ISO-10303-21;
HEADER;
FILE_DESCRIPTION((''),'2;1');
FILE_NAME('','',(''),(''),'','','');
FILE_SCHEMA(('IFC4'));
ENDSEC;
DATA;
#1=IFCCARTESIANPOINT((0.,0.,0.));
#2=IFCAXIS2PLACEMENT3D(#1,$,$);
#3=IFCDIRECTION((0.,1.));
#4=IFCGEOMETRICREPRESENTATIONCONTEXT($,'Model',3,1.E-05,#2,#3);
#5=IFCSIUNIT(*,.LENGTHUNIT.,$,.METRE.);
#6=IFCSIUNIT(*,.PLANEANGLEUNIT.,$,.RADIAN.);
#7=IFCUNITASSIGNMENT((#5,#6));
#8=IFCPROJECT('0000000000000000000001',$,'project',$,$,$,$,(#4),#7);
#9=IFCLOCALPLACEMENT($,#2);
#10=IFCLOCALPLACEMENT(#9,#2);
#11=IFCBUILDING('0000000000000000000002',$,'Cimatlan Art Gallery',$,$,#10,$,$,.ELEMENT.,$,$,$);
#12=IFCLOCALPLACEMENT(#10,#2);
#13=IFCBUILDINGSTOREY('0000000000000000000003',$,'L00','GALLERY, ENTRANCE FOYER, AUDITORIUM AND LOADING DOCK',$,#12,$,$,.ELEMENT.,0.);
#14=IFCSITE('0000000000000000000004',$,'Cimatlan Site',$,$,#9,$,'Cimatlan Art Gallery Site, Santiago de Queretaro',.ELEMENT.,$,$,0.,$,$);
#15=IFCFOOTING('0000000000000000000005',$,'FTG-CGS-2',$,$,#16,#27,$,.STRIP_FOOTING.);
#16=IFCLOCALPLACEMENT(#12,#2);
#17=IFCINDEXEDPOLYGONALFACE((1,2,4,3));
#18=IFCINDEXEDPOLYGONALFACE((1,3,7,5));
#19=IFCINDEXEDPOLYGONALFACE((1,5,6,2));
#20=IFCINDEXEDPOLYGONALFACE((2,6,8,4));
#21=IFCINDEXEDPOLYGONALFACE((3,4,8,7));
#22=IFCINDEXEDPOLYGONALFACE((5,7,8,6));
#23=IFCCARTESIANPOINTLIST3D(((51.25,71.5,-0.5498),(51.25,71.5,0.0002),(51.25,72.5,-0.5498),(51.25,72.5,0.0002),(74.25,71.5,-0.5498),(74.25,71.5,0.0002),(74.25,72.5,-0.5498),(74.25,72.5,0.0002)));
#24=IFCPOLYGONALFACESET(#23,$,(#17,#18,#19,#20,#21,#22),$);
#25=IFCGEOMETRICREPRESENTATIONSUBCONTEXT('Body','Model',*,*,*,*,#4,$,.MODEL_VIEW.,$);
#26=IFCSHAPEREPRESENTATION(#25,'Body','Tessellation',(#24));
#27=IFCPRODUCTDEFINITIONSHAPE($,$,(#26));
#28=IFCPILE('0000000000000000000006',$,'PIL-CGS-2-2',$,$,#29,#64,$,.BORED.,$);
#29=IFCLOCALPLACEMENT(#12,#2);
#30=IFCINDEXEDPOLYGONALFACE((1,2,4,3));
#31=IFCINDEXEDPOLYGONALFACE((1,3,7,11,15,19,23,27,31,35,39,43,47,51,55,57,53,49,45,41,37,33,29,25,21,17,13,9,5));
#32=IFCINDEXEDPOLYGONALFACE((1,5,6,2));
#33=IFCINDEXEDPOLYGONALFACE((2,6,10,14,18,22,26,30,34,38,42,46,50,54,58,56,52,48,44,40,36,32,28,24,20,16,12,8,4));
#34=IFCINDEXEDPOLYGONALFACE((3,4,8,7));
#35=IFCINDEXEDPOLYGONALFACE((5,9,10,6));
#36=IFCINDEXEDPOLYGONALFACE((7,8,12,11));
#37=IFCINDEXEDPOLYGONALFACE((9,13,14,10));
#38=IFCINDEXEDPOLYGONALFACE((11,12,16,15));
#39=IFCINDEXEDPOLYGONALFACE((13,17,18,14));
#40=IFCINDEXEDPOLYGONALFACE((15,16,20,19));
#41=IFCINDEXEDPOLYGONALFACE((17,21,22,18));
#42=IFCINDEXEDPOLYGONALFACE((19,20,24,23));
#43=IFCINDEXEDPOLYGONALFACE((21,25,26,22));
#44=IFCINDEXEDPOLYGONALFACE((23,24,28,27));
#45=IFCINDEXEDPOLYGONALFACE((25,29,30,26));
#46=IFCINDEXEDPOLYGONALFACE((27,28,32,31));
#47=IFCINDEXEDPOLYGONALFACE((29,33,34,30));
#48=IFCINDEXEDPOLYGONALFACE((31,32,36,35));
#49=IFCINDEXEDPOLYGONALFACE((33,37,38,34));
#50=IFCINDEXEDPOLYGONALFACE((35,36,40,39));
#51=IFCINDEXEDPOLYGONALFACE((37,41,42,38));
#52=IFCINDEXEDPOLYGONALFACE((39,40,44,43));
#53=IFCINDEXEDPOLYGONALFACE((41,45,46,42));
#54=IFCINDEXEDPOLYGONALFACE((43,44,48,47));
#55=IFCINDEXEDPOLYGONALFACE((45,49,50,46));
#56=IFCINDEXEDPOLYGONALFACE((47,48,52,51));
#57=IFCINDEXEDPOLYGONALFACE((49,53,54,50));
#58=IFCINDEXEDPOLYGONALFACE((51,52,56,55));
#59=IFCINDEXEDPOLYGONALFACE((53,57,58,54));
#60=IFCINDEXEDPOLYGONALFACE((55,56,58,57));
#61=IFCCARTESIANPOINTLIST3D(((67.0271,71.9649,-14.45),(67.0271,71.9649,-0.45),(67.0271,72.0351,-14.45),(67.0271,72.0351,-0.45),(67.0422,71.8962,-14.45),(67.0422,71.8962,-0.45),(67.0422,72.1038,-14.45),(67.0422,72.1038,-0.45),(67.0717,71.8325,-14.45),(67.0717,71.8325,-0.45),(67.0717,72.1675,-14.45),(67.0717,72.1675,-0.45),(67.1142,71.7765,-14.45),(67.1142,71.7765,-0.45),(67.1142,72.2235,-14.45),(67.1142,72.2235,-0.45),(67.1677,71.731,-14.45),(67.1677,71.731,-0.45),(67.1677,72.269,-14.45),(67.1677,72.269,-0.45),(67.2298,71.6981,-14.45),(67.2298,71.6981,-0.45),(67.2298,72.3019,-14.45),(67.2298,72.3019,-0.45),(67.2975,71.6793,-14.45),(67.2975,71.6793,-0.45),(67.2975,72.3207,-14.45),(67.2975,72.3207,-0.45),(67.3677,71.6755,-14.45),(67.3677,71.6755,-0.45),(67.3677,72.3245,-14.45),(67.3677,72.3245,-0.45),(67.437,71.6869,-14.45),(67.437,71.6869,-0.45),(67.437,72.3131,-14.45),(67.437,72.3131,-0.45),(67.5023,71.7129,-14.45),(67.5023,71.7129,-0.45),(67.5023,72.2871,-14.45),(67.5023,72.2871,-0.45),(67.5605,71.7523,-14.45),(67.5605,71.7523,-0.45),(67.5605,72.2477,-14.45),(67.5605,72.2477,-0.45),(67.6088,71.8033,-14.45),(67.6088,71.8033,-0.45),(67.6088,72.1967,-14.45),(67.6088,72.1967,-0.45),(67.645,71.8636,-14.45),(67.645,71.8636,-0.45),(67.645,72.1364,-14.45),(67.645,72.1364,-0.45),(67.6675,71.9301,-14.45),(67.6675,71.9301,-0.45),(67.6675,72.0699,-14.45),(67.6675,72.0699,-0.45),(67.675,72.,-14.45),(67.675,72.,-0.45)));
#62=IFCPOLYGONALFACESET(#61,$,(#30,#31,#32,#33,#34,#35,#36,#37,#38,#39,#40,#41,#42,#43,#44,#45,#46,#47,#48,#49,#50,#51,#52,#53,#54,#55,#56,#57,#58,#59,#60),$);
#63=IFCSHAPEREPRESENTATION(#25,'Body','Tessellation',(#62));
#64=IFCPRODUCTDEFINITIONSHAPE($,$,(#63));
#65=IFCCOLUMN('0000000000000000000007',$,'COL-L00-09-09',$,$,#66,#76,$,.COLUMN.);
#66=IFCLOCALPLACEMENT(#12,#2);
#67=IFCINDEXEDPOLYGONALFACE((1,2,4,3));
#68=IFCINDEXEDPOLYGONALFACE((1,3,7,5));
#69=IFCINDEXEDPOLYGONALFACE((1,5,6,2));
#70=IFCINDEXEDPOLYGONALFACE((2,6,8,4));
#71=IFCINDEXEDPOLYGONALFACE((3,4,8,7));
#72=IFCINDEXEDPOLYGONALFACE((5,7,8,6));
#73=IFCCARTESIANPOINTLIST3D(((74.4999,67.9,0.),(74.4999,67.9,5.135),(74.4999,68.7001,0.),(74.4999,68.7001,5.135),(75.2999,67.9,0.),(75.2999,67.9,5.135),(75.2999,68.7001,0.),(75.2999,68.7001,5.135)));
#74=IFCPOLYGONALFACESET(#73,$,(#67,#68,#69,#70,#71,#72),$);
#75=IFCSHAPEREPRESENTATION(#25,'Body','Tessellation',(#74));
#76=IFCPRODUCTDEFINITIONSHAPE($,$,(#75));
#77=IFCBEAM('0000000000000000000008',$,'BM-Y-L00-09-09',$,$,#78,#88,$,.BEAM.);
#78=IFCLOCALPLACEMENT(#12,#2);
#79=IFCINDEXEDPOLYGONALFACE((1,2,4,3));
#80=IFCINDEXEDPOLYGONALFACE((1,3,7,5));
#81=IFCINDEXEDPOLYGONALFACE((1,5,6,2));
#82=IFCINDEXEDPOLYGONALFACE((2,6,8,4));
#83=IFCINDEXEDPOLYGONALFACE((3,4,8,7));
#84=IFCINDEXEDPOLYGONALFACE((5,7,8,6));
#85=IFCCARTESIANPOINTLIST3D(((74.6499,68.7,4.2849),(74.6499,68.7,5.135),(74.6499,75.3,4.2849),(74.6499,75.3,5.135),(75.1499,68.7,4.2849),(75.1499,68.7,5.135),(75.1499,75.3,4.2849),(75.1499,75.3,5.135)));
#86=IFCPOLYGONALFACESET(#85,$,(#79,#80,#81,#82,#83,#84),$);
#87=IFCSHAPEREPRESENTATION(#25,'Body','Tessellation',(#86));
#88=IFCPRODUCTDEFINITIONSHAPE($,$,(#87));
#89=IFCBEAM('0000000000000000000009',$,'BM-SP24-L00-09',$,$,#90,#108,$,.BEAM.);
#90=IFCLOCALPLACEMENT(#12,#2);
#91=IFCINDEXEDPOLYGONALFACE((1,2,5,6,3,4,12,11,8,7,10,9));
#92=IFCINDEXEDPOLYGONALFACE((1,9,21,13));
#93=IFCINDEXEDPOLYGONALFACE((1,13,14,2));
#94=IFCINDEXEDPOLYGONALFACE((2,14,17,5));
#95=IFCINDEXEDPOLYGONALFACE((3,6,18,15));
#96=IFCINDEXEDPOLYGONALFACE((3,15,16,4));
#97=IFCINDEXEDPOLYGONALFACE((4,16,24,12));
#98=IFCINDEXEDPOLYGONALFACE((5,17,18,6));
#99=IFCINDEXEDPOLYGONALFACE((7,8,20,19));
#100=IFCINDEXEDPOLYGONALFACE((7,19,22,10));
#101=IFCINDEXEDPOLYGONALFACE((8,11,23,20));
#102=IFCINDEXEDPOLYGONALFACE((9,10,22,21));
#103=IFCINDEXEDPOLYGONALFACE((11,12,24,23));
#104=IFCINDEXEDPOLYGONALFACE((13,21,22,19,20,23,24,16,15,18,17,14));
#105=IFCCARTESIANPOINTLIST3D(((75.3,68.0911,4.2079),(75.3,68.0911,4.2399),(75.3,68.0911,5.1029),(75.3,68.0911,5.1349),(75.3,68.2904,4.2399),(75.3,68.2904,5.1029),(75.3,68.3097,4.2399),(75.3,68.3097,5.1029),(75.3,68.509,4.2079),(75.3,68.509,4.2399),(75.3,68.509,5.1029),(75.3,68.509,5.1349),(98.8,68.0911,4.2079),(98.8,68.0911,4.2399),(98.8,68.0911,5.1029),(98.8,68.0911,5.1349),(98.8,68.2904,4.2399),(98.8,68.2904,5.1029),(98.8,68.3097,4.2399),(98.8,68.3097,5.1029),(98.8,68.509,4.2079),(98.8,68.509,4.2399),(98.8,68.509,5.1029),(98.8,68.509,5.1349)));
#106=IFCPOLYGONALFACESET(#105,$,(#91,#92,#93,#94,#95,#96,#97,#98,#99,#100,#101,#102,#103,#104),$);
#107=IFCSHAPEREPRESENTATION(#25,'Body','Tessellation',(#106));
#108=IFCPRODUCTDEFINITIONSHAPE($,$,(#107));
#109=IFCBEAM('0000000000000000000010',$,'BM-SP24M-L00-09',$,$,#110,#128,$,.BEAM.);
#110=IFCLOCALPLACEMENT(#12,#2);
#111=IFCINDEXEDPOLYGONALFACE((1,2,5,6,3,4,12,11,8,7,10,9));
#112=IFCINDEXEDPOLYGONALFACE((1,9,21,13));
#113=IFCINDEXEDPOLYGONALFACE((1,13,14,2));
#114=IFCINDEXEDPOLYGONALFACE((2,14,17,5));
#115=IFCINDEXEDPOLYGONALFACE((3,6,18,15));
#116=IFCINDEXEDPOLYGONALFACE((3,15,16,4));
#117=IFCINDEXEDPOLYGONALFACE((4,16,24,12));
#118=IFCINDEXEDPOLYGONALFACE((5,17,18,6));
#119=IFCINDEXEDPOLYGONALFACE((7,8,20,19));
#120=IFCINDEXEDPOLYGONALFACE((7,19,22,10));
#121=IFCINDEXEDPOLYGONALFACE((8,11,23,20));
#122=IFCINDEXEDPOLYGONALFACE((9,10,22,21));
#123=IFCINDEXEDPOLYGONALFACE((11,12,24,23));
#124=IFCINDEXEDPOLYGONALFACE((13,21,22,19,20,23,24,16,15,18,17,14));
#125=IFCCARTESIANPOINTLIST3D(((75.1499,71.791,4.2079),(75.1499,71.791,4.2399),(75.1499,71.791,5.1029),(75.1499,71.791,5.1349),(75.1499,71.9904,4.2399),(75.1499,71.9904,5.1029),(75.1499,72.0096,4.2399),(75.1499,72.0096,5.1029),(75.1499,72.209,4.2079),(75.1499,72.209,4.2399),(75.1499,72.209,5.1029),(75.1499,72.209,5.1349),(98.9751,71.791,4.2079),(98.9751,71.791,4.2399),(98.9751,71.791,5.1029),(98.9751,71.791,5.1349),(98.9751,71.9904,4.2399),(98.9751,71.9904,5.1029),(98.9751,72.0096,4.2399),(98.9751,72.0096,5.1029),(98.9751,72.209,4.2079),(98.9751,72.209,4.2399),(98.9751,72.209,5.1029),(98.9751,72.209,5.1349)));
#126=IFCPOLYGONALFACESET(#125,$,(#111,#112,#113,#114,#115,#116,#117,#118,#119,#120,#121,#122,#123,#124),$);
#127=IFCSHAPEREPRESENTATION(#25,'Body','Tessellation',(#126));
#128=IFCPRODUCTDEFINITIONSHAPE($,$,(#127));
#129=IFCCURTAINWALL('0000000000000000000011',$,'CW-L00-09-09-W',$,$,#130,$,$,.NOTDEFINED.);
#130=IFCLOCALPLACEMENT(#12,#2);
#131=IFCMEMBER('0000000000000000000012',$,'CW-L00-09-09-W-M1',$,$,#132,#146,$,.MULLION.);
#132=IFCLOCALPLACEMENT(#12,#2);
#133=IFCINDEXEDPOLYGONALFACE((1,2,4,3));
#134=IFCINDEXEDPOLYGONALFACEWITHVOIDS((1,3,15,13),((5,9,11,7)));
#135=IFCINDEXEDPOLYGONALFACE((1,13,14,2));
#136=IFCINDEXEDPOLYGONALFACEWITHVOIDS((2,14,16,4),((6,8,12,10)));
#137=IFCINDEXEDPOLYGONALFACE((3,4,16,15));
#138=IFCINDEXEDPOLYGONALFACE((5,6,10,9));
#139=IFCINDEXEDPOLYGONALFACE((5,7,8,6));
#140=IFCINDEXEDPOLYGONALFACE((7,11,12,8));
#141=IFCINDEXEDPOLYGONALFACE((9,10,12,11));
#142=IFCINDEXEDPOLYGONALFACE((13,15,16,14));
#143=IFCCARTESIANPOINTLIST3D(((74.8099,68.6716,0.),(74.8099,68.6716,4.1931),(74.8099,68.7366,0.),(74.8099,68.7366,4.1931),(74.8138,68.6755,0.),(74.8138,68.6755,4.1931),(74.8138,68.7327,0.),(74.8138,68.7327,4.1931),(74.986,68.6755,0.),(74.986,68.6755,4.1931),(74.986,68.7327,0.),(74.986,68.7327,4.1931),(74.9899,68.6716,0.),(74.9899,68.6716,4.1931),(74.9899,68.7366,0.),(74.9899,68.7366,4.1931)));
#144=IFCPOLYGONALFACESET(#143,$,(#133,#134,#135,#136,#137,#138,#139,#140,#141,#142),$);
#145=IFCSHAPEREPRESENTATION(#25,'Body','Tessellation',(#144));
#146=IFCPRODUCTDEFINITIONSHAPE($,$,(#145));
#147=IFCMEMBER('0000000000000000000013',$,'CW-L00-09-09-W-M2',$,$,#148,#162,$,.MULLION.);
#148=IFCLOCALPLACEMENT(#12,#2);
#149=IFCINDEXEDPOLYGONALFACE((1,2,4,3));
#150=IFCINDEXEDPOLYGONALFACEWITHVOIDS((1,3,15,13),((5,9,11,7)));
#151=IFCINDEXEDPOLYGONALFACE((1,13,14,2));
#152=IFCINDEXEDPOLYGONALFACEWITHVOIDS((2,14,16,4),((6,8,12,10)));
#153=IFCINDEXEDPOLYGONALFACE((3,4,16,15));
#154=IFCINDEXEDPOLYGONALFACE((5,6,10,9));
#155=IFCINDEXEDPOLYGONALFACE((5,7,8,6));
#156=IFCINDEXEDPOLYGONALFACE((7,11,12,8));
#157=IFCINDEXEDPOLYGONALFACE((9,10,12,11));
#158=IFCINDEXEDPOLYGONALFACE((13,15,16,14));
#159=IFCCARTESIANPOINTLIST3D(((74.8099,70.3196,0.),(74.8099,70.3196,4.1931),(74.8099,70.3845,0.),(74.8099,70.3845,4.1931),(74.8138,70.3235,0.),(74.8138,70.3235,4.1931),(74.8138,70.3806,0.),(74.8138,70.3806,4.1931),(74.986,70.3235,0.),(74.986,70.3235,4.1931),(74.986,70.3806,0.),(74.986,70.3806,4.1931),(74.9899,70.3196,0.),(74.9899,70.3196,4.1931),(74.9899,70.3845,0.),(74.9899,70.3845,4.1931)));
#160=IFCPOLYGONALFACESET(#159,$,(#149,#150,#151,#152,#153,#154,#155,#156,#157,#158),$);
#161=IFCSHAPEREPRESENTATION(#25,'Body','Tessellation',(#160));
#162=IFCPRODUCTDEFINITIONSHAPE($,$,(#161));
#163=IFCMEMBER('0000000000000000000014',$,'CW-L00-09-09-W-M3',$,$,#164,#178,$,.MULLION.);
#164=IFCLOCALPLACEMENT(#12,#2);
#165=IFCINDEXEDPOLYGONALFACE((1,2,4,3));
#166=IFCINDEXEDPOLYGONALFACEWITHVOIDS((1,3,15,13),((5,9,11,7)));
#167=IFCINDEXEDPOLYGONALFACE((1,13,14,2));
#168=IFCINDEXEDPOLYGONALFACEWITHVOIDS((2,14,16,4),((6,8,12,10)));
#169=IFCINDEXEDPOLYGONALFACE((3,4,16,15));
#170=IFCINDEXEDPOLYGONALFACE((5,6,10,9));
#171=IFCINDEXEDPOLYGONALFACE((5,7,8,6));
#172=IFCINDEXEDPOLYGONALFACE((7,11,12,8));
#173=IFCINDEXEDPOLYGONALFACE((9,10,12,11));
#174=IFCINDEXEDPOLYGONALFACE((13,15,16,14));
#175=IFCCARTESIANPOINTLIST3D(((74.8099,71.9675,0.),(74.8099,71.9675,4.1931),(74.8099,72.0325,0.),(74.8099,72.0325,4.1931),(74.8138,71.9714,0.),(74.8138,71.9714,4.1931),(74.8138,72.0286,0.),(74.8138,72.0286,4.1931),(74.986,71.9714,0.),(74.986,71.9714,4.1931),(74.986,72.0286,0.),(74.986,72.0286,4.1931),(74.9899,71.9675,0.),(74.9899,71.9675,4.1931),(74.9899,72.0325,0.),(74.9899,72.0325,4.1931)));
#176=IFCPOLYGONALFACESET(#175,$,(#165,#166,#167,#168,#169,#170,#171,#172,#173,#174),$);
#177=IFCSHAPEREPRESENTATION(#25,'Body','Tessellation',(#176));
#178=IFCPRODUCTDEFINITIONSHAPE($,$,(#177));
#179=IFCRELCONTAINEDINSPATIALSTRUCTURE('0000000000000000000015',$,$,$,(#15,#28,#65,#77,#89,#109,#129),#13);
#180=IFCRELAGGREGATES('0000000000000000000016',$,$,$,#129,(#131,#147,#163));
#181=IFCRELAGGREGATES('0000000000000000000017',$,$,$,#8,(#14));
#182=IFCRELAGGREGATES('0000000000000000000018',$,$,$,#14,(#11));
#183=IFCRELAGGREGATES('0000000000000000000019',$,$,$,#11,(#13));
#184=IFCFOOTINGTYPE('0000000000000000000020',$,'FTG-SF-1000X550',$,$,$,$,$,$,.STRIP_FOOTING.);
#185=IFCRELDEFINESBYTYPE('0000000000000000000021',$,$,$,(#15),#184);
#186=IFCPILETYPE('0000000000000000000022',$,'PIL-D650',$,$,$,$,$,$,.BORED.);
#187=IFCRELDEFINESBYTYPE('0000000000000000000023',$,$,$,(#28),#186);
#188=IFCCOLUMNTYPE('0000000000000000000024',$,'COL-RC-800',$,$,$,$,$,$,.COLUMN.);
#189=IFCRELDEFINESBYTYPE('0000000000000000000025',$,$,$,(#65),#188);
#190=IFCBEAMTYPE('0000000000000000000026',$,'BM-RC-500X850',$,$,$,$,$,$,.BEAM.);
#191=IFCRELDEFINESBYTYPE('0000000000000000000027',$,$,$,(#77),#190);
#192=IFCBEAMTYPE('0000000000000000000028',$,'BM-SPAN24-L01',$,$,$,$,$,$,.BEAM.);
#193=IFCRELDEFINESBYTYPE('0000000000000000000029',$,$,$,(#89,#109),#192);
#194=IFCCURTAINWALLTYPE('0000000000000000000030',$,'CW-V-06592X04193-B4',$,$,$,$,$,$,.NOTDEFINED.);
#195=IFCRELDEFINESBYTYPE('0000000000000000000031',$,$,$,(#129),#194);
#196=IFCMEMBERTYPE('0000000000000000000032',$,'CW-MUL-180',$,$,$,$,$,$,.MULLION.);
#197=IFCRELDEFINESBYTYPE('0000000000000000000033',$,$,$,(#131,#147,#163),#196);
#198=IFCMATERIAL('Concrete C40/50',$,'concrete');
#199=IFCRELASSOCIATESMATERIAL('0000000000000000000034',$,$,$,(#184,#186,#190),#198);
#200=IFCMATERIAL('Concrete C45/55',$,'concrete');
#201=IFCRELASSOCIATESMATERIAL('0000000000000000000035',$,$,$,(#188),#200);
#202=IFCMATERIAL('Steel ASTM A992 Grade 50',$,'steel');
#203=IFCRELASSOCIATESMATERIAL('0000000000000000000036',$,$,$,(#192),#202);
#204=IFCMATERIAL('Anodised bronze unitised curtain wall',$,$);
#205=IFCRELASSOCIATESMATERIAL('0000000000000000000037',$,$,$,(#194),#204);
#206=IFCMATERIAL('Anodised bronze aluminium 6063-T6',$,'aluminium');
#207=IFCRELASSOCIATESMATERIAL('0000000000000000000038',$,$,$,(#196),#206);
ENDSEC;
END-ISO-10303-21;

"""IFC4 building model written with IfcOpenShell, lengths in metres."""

from ifc_helpers import new_model, si_unit, direction, frame, origin, origin_2d, place, context, subcontext, project, spatial, rectangle, hollow_rectangle, circle, i_section, extrude, material, material_profile, profile_set, type_object, element, aggregate, save


model = new_model("IFC4")

# Units and contexts
model_context = context("Model", 3, precision=1e-05, world=origin(), true_north=direction((0.0, 1.0)))
body_context = subcontext(model_context, "Body", "Model", "MODEL_VIEW")
ifc_project = project(units=[si_unit("LENGTHUNIT", "METRE"), si_unit("PLANEANGLEUNIT", "RADIAN")], contexts=[model_context])

# Site, building, storey
site_placement = place(None, origin())
site = spatial("IfcSite", under=ifc_project, at=site_placement, Name="Cimatlan Site", LongName="Cimatlan Art Gallery Site, Santiago de Queretaro", CompositionType="ELEMENT", RefElevation=0.0)
building_placement = place(site_placement, origin())
building = spatial("IfcBuilding", under=site, at=building_placement, Name="Cimatlan Art Gallery", CompositionType="ELEMENT")
storey_placement = place(building_placement, origin())
storey = spatial("IfcBuildingStorey", under=building, at=storey_placement, Name="L00", Description="GALLERY, ENTRANCE FOYER, AUDITORIUM AND LOADING DOCK", CompositionType="ELEMENT", Elevation=0.0)

# Footing
ifc_material_1 = material(Name="Concrete C40/50", Category="concrete")
footing_type = type_object("IfcFootingType", Name="FTG-SF-1000X550", PredefinedType="STRIP_FOOTING", material=ifc_material_1)
footing_placement = place(storey_placement, frame((62.75, 72.0, -0.5498), z_axis=(0.0, 0.0, 1.0), x_axis=(1.0, 0.0, 0.0)))
element("IfcFooting", 1, at=footing_placement, inside=storey, type_object=footing_type, Name="FTG-CGS-2", PredefinedType="STRIP_FOOTING", context=body_context, shape_type="SweptSolid", body=[
    extrude(rectangle(XDim=23.0, YDim=1.0, at=origin_2d()), origin(), (0.0, 0.0, 1.0), 0.55),
])

# Pile
pile_type = type_object("IfcPileType", Name="PIL-D650", PredefinedType="BORED", material=ifc_material_1)
pile_placement = place(storey_placement, frame((67.3501, 72.0, -0.45), z_axis=(0.0, 0.0, -1.0), x_axis=(1.0, 0.0, 0.0)))
element("IfcPile", 2, at=pile_placement, inside=storey, type_object=pile_type, Name="PIL-CGS-2-2", PredefinedType="BORED", context=body_context, shape_type="SweptSolid", body=[
    extrude(circle(Radius=0.325, at=origin_2d()), origin(), (0.0, 0.0, 1.0), 14.0),
])

# Column
ifc_material_2 = material(Name="Concrete C45/55", Category="concrete")
ifc_material_profile_1 = material_profile(ifc_material_2, rectangle(XDim=0.8, YDim=0.8, at=origin_2d()), Name="RC800X800")
ifc_profile_set_1 = profile_set([ifc_material_profile_1], Name="Concrete C45/55")
column_type = type_object("IfcColumnType", Name="COL-RC-800", PredefinedType="COLUMN", material=ifc_profile_set_1)
column_placement = place(storey_placement, frame((74.8999, 68.3, 0.0), z_axis=(0.0, 0.0, 1.0), x_axis=(1.0, 0.0, 0.0)))
element("IfcColumn", 3, at=column_placement, inside=storey, type_object=column_type, Name="COL-L00-09-09", PredefinedType="COLUMN", context=body_context, shape_type="SweptSolid", body=[
    extrude(rectangle(XDim=0.8, YDim=0.8, at=origin_2d()), origin(), (0.0, 0.0, 1.0), 5.135),
])

# Beams
ifc_material_profile_2 = material_profile(ifc_material_1, rectangle(XDim=0.5, YDim=0.8501, at=origin_2d()), Name="RC500X850")
ifc_profile_set_2 = profile_set([ifc_material_profile_2], Name="Concrete C40/50")
beam_type_1 = type_object("IfcBeamType", Name="BM-RC-500X850", PredefinedType="BEAM", material=ifc_profile_set_2)
beam_1_placement = place(storey_placement, frame((74.8999, 68.7, 4.71), z_axis=(0.0, 1.0, 0.0), x_axis=(-1.0, 0.0, 0.0)))
element("IfcBeam", 4, at=beam_1_placement, inside=storey, type_object=beam_type_1, Name="BM-Y-L00-09-09", PredefinedType="BEAM", context=body_context, shape_type="SweptSolid", body=[
    extrude(rectangle(XDim=0.5, YDim=0.8501, at=origin_2d()), origin(), (0.0, 0.0, 1.0), 6.6001),
])
ifc_material_3 = material(Name="Steel ASTM A992 Grade 50", Category="steel")
ifc_material_profile_3 = material_profile(ifc_material_3, i_section(OverallWidth=0.418, OverallDepth=0.927, WebThickness=0.0193, FlangeThickness=0.032, at=origin_2d()), Name="W36X231")
ifc_profile_set_3 = profile_set([ifc_material_profile_3], Name="Steel ASTM A992 Grade 50")
beam_type_2 = type_object("IfcBeamType", Name="BM-SPAN24-L01", PredefinedType="BEAM", material=ifc_profile_set_3)
beam_2_placement = place(storey_placement, frame((75.3, 68.3, 4.6714), z_axis=(1.0, 0.0, 0.0), x_axis=(0.0, 1.0, 0.0)))
element("IfcBeam", 5, at=beam_2_placement, inside=storey, type_object=beam_type_2, Name="BM-SP24-L00-09", PredefinedType="BEAM", context=body_context, shape_type="SweptSolid", body=[
    extrude(i_section(OverallWidth=0.418, OverallDepth=0.927, WebThickness=0.0193, FlangeThickness=0.032, at=origin_2d()), origin(), (0.0, 0.0, 1.0), 23.5),
])
beam_3_placement = place(storey_placement, frame((75.1499, 72.0, 4.6714), z_axis=(1.0, 0.0, 0.0), x_axis=(0.0, 1.0, 0.0)))
element("IfcBeam", 6, at=beam_3_placement, inside=storey, type_object=beam_type_2, Name="BM-SP24M-L00-09", PredefinedType="BEAM", context=body_context, shape_type="SweptSolid", body=[
    extrude(i_section(OverallWidth=0.418, OverallDepth=0.927, WebThickness=0.0193, FlangeThickness=0.032, at=origin_2d()), origin(), (0.0, 0.0, 1.0), 23.8252),
])

# Curtain wall, members
ifc_material_4 = material(Name="Anodised bronze unitised curtain wall")
curtain_wall_type = type_object("IfcCurtainWallType", Name="CW-V-06592X04193-B4", PredefinedType="NOTDEFINED", material=ifc_material_4)
curtain_wall_placement = place(storey_placement, origin())
curtain_wall = element("IfcCurtainWall", 7, at=curtain_wall_placement, inside=storey, type_object=curtain_wall_type, Name="CW-L00-09-09-W", PredefinedType="NOTDEFINED")
ifc_material_5 = material(Name="Anodised bronze aluminium 6063-T6", Category="aluminium")
ifc_material_profile_4 = material_profile(ifc_material_5, hollow_rectangle(XDim=0.0649, YDim=0.1799, WallThickness=0.0039, at=origin_2d()), Name="ALU65X180X4")
ifc_profile_set_4 = profile_set([ifc_material_profile_4], Name="Anodised bronze aluminium 6063-T6")
member_type_1 = type_object("IfcMemberType", Name="CW-MUL-180", PredefinedType="MULLION", material=ifc_profile_set_4)
member_1_placement = place(storey_placement, frame((74.8999, 68.7041, 0.0), z_axis=(0.0, 0.0, 1.0), x_axis=(0.0, 1.0, 0.0)))
member_1 = element("IfcMember", 8, at=member_1_placement, type_object=member_type_1, Name="CW-L00-09-09-W-M1", PredefinedType="MULLION", context=body_context, shape_type="SweptSolid", body=[
    extrude(hollow_rectangle(XDim=0.0649, YDim=0.1799, WallThickness=0.0039, at=origin_2d()), origin(), (0.0, 0.0, 1.0), 4.1931),
])
member_2_placement = place(storey_placement, frame((74.8999, 70.3521, 0.0), z_axis=(0.0, 0.0, 1.0), x_axis=(0.0, 1.0, 0.0)))
member_2 = element("IfcMember", 9, at=member_2_placement, type_object=member_type_1, Name="CW-L00-09-09-W-M2", PredefinedType="MULLION", context=body_context, shape_type="SweptSolid", body=[
    extrude(hollow_rectangle(XDim=0.0649, YDim=0.1799, WallThickness=0.0039, at=origin_2d()), origin(), (0.0, 0.0, 1.0), 4.1931),
])
member_3_placement = place(storey_placement, frame((74.8999, 72.0, 0.0), z_axis=(0.0, 0.0, 1.0), x_axis=(0.0, 1.0, 0.0)))
member_3 = element("IfcMember", 10, at=member_3_placement, type_object=member_type_1, Name="CW-L00-09-09-W-M3", PredefinedType="MULLION", context=body_context, shape_type="SweptSolid", body=[
    extrude(hollow_rectangle(XDim=0.0649, YDim=0.1799, WallThickness=0.0039, at=origin_2d()), origin(), (0.0, 0.0, 1.0), 4.1931),
])
aggregate(curtain_wall, [member_1, member_2, member_3])

save(model, "model.ifc")
